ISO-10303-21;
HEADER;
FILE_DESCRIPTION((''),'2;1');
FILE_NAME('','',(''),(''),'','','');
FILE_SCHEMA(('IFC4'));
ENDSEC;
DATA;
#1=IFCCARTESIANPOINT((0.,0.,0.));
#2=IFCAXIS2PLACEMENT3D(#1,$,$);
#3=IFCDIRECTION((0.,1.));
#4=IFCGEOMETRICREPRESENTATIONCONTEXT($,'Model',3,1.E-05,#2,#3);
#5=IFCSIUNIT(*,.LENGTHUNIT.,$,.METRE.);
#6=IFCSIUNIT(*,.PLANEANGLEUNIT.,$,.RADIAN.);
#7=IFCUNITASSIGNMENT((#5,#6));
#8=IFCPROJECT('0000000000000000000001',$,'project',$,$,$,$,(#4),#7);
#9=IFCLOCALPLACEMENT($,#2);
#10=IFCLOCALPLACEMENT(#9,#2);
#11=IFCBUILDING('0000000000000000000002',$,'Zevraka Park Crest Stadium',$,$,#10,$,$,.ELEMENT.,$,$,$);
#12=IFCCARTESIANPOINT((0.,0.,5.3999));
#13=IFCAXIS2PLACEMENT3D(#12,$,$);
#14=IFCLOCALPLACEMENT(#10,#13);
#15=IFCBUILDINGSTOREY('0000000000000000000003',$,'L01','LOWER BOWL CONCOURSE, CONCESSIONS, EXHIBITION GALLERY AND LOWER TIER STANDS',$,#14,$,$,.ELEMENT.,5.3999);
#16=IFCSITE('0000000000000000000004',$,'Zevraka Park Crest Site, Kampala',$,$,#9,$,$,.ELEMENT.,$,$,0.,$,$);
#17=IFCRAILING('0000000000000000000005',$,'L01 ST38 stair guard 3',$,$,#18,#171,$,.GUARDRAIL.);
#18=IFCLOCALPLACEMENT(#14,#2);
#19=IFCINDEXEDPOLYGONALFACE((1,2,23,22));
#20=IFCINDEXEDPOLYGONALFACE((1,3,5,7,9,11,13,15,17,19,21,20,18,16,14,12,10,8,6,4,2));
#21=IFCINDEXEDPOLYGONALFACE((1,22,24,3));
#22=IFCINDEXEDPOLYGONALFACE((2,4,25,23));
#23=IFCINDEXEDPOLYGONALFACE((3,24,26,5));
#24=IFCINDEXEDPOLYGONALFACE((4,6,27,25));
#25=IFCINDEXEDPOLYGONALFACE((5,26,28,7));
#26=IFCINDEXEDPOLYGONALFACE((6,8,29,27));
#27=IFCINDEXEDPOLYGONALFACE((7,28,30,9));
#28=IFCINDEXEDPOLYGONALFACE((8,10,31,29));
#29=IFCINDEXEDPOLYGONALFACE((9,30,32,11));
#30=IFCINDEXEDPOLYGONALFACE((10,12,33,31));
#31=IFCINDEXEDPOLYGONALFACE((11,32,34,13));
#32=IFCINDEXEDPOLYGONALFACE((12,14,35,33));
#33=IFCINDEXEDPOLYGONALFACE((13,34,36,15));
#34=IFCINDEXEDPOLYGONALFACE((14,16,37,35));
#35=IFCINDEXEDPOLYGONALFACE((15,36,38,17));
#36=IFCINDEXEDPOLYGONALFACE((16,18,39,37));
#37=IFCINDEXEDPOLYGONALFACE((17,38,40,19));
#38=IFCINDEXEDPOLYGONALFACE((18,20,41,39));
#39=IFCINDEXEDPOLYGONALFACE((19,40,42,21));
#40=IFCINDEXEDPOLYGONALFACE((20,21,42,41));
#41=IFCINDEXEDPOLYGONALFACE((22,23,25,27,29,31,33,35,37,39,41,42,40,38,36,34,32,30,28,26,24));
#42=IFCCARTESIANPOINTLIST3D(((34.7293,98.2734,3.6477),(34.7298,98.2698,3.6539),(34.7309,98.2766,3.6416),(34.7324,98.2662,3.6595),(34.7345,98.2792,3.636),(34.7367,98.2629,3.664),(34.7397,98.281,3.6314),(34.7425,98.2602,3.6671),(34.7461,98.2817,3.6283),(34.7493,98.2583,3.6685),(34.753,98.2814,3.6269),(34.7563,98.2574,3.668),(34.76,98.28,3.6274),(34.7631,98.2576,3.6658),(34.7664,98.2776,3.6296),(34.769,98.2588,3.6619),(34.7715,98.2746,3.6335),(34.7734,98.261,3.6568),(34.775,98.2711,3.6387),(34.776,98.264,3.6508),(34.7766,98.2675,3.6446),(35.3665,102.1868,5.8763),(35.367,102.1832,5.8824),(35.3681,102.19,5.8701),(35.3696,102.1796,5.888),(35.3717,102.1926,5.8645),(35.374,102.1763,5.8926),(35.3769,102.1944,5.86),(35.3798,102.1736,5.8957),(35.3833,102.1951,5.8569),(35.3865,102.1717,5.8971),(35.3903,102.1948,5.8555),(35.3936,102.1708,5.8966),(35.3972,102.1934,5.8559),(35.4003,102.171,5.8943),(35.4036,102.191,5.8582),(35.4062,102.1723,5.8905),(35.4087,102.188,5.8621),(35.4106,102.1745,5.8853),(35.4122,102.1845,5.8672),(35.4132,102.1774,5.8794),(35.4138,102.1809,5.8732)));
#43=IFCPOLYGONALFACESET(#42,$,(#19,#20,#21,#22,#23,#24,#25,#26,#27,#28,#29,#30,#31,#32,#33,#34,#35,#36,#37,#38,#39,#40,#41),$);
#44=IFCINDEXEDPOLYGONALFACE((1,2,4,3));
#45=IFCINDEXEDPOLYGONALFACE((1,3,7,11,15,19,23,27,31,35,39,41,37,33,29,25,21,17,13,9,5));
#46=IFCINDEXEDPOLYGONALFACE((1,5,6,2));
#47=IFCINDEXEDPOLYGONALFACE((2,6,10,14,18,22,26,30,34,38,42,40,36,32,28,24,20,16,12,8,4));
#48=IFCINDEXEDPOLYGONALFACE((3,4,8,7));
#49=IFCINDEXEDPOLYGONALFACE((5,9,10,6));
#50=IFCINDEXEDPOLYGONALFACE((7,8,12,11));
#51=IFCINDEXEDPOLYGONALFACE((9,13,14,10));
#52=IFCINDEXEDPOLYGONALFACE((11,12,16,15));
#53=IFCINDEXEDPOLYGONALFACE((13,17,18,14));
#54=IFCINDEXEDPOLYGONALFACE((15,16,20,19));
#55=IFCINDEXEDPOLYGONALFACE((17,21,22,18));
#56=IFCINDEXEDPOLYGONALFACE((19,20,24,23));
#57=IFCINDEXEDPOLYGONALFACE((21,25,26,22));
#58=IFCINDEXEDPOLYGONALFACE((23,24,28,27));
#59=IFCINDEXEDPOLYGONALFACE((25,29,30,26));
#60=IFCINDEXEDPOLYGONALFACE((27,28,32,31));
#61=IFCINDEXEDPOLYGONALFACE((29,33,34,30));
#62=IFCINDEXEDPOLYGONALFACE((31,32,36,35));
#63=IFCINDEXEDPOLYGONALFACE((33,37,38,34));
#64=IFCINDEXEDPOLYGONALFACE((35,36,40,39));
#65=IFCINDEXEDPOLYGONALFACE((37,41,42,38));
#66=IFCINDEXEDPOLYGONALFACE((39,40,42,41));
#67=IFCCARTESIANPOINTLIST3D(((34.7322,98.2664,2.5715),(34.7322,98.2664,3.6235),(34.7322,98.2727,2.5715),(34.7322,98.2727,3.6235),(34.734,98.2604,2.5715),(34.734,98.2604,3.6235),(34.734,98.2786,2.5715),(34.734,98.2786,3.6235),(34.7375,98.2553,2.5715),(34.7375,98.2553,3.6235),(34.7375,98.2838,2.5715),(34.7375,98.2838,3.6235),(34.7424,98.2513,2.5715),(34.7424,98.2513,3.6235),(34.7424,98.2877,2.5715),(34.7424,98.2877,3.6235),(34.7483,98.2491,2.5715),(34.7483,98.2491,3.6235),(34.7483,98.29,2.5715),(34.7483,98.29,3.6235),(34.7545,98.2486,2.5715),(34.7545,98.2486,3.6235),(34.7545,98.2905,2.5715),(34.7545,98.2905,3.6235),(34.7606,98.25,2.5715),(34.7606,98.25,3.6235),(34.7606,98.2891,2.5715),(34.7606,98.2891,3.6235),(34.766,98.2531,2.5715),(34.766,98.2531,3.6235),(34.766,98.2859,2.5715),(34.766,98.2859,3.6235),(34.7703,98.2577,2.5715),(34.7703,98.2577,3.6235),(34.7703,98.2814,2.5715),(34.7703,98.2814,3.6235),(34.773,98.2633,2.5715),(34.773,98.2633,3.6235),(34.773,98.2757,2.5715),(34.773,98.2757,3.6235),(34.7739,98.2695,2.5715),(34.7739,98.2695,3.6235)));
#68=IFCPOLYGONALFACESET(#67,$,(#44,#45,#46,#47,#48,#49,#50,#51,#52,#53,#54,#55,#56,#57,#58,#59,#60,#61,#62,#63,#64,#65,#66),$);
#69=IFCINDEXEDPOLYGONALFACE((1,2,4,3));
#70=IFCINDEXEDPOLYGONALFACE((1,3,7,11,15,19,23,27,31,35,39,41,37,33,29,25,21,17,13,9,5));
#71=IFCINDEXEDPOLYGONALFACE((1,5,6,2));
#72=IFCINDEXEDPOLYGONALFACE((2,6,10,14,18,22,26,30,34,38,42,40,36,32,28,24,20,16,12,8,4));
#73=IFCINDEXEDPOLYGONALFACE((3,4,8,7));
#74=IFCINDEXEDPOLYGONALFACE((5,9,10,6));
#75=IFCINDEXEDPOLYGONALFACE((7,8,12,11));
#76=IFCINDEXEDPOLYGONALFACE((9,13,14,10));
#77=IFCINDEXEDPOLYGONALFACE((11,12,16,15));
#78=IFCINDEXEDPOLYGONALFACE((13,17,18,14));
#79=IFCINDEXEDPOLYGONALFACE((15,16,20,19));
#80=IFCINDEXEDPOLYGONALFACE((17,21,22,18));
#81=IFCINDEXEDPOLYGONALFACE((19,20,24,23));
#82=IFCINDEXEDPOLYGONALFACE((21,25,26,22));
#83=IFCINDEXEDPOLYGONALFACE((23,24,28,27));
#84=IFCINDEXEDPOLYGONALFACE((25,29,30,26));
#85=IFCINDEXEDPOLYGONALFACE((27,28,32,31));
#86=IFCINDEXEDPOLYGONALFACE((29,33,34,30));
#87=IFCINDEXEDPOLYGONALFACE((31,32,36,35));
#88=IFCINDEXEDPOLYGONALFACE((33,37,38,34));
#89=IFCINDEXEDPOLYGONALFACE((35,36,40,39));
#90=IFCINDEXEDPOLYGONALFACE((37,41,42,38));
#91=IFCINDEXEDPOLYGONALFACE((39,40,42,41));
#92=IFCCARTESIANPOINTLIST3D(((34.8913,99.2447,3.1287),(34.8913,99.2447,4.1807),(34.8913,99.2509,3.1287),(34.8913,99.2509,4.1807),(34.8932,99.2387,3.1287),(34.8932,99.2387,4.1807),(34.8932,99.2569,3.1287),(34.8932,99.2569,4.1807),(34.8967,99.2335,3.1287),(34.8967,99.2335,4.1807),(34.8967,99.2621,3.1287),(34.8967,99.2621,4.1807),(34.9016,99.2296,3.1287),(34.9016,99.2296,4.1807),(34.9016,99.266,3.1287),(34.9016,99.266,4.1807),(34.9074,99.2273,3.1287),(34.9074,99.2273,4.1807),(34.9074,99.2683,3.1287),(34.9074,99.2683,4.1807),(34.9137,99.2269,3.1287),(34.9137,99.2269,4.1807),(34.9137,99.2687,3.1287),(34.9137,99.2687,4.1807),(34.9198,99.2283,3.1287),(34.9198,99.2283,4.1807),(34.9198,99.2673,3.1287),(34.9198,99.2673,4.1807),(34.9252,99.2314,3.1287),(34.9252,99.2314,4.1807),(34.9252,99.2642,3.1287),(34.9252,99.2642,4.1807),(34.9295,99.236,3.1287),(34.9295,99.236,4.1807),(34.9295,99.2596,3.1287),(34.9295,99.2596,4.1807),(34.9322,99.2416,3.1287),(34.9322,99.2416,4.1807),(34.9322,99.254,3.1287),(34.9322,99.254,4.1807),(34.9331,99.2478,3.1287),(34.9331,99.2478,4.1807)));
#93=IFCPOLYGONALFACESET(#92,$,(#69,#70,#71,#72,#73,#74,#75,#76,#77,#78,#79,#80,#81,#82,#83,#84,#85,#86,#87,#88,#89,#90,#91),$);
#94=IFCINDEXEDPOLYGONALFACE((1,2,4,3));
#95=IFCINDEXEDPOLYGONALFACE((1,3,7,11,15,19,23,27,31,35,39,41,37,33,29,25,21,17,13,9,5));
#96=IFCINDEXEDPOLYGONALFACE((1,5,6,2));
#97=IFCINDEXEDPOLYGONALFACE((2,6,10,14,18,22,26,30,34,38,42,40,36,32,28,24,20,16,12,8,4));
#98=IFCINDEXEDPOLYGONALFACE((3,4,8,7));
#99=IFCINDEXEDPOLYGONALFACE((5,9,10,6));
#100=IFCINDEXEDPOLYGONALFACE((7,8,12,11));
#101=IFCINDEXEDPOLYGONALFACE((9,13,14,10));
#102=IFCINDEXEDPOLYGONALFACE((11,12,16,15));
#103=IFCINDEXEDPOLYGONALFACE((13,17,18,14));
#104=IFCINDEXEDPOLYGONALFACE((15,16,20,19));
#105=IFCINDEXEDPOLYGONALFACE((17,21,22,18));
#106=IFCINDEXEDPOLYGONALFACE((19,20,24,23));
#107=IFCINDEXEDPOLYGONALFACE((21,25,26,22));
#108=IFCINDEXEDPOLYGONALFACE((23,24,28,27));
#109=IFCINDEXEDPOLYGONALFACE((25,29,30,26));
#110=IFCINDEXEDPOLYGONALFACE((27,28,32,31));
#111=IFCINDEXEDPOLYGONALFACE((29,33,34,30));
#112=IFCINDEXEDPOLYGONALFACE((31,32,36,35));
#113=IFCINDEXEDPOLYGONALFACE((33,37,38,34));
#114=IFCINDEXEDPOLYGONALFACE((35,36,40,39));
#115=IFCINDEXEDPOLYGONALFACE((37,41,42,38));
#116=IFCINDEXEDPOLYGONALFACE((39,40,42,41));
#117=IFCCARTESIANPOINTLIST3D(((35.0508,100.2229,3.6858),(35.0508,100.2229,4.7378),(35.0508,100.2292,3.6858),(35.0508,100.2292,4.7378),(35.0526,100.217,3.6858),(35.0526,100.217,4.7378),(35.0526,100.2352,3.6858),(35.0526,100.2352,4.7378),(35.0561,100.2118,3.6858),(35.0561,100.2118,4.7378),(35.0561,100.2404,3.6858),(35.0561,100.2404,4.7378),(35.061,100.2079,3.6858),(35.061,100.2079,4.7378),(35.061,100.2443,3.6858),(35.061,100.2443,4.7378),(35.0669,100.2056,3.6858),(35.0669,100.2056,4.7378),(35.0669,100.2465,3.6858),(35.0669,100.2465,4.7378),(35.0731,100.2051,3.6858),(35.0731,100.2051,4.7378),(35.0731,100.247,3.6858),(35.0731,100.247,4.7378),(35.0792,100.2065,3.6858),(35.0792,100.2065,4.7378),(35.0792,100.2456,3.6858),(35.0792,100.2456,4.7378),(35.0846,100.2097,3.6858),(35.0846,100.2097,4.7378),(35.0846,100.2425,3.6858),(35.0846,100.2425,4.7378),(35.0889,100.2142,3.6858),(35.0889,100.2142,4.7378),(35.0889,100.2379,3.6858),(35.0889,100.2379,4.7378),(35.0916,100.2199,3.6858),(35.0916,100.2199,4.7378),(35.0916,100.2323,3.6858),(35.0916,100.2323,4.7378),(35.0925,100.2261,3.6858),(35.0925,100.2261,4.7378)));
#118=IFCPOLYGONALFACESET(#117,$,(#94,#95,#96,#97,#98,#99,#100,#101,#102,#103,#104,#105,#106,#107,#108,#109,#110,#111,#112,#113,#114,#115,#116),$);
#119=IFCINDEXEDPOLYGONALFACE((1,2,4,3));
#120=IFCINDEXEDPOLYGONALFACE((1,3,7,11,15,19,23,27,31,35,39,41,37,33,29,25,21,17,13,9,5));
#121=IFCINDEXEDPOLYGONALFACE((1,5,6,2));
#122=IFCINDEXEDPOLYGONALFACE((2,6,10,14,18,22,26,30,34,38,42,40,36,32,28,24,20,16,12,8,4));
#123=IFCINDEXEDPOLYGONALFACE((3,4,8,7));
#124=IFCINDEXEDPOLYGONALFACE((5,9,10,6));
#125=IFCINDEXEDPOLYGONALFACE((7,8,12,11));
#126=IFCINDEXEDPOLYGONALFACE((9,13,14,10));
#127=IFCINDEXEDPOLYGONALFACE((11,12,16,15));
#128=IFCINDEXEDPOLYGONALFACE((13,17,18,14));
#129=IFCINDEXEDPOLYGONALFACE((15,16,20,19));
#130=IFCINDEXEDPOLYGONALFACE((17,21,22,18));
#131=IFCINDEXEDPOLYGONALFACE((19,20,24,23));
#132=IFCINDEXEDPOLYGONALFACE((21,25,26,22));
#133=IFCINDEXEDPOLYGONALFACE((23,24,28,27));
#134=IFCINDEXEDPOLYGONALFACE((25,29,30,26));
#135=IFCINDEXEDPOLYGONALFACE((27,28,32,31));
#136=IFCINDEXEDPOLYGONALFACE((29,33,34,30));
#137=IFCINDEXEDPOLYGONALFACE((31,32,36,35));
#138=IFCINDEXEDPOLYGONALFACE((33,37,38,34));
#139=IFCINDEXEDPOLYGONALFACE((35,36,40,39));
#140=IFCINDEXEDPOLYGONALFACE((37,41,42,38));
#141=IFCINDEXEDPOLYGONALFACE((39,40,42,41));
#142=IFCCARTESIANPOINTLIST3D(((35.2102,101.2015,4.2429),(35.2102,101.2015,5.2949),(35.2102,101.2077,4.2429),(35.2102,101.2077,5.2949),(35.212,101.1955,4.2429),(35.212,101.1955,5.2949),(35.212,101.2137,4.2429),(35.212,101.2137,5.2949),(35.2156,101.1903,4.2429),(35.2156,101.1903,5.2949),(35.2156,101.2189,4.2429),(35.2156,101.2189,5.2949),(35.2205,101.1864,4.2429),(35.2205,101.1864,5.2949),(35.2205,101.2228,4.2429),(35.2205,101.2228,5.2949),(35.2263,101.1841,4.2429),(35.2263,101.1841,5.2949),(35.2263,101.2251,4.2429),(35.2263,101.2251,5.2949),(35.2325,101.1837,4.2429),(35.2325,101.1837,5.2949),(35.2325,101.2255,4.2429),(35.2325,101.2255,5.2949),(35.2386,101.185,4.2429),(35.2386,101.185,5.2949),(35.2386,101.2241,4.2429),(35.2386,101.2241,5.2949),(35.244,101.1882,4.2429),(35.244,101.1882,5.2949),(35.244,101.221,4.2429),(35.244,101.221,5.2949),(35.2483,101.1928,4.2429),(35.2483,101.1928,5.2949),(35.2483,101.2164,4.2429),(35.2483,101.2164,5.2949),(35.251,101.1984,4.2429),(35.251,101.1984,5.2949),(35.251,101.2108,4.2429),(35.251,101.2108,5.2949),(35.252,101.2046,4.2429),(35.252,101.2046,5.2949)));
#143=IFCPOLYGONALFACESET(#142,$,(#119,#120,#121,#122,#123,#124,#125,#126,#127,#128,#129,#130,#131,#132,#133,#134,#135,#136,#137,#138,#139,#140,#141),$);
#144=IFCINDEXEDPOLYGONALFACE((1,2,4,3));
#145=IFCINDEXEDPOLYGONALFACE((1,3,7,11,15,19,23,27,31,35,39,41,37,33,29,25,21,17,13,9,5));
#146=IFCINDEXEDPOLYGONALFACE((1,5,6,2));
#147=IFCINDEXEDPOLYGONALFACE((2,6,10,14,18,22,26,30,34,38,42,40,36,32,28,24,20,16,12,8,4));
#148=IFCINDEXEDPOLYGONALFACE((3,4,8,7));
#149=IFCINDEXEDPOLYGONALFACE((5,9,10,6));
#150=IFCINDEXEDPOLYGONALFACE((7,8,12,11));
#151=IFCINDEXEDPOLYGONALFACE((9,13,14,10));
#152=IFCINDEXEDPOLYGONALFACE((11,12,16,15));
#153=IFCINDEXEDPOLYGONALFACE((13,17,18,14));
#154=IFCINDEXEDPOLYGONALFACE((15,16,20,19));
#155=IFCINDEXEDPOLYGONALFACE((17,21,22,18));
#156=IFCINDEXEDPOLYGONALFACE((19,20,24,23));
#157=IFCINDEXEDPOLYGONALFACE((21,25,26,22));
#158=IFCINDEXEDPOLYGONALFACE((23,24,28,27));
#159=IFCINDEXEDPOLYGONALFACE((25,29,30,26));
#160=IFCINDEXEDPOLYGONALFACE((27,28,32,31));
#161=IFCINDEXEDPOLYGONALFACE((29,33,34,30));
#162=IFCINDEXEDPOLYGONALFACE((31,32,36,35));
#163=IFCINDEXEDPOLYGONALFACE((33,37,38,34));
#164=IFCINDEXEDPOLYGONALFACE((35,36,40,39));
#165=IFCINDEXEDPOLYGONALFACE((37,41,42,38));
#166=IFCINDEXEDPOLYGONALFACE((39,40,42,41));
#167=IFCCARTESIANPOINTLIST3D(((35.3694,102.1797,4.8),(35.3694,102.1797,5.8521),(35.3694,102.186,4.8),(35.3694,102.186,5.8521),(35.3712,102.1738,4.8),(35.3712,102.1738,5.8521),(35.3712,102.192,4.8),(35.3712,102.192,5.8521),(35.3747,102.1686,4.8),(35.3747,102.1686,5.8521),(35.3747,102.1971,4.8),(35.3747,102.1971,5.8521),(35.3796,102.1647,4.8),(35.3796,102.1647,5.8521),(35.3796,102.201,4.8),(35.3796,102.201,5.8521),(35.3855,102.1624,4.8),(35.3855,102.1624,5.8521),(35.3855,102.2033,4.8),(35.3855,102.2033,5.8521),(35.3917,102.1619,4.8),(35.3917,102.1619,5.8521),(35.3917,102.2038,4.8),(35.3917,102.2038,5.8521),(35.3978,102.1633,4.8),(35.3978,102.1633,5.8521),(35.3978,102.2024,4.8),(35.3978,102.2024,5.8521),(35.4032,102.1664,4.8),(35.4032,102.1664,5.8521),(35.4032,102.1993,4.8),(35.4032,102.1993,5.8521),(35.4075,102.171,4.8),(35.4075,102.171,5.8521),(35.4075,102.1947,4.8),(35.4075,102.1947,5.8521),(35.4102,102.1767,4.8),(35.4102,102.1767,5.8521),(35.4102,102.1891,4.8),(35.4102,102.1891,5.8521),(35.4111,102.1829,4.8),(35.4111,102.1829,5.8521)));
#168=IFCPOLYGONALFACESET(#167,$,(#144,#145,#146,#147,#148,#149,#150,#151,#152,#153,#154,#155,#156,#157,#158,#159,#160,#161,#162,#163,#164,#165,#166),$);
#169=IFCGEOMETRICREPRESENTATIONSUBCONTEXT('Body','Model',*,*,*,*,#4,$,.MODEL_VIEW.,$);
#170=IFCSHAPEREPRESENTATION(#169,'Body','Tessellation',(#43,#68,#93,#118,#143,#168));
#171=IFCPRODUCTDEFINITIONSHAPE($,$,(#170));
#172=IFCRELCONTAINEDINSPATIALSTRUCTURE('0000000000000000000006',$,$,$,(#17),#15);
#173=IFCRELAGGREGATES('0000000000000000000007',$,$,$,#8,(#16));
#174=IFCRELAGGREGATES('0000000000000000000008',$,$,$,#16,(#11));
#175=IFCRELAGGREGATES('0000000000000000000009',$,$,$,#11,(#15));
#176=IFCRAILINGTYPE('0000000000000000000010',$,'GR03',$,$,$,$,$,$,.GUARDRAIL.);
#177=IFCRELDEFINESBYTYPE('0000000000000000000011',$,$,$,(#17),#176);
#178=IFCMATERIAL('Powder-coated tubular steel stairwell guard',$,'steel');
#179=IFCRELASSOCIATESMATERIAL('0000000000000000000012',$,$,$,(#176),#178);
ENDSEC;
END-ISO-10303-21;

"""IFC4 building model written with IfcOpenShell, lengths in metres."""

from ifc_helpers import new_model, si_unit, direction, frame, origin, origin_2d, place, context, subcontext, project, spatial, circle, extrude, material, type_object, element, save


model = new_model("IFC4")

# Units and contexts
model_context = context("Model", 3, precision=1e-05, world=origin(), true_north=direction((0.0, 1.0)))
body_context = subcontext(model_context, "Body", "Model", "MODEL_VIEW")
ifc_project = project(units=[si_unit("LENGTHUNIT", "METRE"), si_unit("PLANEANGLEUNIT", "RADIAN")], contexts=[model_context])

# Site, building, storey
site_placement = place(None, origin())
site = spatial("IfcSite", under=ifc_project, at=site_placement, Name="Zevraka Park Crest Site, Kampala", CompositionType="ELEMENT", RefElevation=0.0)
building_placement = place(site_placement, origin())
building = spatial("IfcBuilding", under=site, at=building_placement, Name="Zevraka Park Crest Stadium", CompositionType="ELEMENT")
storey_placement = place(building_placement, frame((0.0, 0.0, 5.3999)))
storey = spatial("IfcBuildingStorey", under=building, at=storey_placement, Name="L01", Description="LOWER BOWL CONCOURSE, CONCESSIONS, EXHIBITION GALLERY AND LOWER TIER STANDS", CompositionType="ELEMENT", Elevation=5.3999)

# Railing
ifc_material_1 = material(Name="Powder-coated tubular steel stairwell guard", Category="steel")
railing_type_1 = type_object("IfcRailingType", Name="GR03", PredefinedType="GUARDRAIL", material=ifc_material_1)
railing_1_placement = place(storey_placement, frame((34.7529, 98.2695, 2.5715)))
element("IfcRailing", 1, at=railing_1_placement, inside=storey, type_object=railing_type_1, Name="L01 ST38 stair guard 3", PredefinedType="GUARDRAIL", context=body_context, shape_type="SweptSolid", body=[
    extrude(circle(Radius=0.0239, at=origin_2d()), frame((0.0, 0.0, 1.0762), z_axis=(0.1401, 0.860406, 0.489973), x_axis=(-0.987001, 0.160713, 0.0)), (0.0, 0.0, 1.0), 4.5483),
    extrude(circle(Radius=0.021, at=origin_2d()), origin(), (0.0, 0.0, 1.0), 1.052),
    extrude(circle(Radius=0.021, at=origin_2d()), frame((0.1592, 0.9783, 0.5571)), (0.0, 0.0, 1.0), 1.052),
    extrude(circle(Radius=0.021, at=origin_2d()), frame((0.3186, 1.9565, 1.1143)), (0.0, 0.0, 1.0), 1.052),
    extrude(circle(Radius=0.021, at=origin_2d()), frame((0.478, 2.9351, 1.6714)), (0.0, 0.0, 1.0), 1.052),
    extrude(circle(Radius=0.021, at=origin_2d()), frame((0.6372, 3.9133, 2.2285)), (0.0, 0.0, 1.0), 1.052),
])

save(model, "model.ifc")
